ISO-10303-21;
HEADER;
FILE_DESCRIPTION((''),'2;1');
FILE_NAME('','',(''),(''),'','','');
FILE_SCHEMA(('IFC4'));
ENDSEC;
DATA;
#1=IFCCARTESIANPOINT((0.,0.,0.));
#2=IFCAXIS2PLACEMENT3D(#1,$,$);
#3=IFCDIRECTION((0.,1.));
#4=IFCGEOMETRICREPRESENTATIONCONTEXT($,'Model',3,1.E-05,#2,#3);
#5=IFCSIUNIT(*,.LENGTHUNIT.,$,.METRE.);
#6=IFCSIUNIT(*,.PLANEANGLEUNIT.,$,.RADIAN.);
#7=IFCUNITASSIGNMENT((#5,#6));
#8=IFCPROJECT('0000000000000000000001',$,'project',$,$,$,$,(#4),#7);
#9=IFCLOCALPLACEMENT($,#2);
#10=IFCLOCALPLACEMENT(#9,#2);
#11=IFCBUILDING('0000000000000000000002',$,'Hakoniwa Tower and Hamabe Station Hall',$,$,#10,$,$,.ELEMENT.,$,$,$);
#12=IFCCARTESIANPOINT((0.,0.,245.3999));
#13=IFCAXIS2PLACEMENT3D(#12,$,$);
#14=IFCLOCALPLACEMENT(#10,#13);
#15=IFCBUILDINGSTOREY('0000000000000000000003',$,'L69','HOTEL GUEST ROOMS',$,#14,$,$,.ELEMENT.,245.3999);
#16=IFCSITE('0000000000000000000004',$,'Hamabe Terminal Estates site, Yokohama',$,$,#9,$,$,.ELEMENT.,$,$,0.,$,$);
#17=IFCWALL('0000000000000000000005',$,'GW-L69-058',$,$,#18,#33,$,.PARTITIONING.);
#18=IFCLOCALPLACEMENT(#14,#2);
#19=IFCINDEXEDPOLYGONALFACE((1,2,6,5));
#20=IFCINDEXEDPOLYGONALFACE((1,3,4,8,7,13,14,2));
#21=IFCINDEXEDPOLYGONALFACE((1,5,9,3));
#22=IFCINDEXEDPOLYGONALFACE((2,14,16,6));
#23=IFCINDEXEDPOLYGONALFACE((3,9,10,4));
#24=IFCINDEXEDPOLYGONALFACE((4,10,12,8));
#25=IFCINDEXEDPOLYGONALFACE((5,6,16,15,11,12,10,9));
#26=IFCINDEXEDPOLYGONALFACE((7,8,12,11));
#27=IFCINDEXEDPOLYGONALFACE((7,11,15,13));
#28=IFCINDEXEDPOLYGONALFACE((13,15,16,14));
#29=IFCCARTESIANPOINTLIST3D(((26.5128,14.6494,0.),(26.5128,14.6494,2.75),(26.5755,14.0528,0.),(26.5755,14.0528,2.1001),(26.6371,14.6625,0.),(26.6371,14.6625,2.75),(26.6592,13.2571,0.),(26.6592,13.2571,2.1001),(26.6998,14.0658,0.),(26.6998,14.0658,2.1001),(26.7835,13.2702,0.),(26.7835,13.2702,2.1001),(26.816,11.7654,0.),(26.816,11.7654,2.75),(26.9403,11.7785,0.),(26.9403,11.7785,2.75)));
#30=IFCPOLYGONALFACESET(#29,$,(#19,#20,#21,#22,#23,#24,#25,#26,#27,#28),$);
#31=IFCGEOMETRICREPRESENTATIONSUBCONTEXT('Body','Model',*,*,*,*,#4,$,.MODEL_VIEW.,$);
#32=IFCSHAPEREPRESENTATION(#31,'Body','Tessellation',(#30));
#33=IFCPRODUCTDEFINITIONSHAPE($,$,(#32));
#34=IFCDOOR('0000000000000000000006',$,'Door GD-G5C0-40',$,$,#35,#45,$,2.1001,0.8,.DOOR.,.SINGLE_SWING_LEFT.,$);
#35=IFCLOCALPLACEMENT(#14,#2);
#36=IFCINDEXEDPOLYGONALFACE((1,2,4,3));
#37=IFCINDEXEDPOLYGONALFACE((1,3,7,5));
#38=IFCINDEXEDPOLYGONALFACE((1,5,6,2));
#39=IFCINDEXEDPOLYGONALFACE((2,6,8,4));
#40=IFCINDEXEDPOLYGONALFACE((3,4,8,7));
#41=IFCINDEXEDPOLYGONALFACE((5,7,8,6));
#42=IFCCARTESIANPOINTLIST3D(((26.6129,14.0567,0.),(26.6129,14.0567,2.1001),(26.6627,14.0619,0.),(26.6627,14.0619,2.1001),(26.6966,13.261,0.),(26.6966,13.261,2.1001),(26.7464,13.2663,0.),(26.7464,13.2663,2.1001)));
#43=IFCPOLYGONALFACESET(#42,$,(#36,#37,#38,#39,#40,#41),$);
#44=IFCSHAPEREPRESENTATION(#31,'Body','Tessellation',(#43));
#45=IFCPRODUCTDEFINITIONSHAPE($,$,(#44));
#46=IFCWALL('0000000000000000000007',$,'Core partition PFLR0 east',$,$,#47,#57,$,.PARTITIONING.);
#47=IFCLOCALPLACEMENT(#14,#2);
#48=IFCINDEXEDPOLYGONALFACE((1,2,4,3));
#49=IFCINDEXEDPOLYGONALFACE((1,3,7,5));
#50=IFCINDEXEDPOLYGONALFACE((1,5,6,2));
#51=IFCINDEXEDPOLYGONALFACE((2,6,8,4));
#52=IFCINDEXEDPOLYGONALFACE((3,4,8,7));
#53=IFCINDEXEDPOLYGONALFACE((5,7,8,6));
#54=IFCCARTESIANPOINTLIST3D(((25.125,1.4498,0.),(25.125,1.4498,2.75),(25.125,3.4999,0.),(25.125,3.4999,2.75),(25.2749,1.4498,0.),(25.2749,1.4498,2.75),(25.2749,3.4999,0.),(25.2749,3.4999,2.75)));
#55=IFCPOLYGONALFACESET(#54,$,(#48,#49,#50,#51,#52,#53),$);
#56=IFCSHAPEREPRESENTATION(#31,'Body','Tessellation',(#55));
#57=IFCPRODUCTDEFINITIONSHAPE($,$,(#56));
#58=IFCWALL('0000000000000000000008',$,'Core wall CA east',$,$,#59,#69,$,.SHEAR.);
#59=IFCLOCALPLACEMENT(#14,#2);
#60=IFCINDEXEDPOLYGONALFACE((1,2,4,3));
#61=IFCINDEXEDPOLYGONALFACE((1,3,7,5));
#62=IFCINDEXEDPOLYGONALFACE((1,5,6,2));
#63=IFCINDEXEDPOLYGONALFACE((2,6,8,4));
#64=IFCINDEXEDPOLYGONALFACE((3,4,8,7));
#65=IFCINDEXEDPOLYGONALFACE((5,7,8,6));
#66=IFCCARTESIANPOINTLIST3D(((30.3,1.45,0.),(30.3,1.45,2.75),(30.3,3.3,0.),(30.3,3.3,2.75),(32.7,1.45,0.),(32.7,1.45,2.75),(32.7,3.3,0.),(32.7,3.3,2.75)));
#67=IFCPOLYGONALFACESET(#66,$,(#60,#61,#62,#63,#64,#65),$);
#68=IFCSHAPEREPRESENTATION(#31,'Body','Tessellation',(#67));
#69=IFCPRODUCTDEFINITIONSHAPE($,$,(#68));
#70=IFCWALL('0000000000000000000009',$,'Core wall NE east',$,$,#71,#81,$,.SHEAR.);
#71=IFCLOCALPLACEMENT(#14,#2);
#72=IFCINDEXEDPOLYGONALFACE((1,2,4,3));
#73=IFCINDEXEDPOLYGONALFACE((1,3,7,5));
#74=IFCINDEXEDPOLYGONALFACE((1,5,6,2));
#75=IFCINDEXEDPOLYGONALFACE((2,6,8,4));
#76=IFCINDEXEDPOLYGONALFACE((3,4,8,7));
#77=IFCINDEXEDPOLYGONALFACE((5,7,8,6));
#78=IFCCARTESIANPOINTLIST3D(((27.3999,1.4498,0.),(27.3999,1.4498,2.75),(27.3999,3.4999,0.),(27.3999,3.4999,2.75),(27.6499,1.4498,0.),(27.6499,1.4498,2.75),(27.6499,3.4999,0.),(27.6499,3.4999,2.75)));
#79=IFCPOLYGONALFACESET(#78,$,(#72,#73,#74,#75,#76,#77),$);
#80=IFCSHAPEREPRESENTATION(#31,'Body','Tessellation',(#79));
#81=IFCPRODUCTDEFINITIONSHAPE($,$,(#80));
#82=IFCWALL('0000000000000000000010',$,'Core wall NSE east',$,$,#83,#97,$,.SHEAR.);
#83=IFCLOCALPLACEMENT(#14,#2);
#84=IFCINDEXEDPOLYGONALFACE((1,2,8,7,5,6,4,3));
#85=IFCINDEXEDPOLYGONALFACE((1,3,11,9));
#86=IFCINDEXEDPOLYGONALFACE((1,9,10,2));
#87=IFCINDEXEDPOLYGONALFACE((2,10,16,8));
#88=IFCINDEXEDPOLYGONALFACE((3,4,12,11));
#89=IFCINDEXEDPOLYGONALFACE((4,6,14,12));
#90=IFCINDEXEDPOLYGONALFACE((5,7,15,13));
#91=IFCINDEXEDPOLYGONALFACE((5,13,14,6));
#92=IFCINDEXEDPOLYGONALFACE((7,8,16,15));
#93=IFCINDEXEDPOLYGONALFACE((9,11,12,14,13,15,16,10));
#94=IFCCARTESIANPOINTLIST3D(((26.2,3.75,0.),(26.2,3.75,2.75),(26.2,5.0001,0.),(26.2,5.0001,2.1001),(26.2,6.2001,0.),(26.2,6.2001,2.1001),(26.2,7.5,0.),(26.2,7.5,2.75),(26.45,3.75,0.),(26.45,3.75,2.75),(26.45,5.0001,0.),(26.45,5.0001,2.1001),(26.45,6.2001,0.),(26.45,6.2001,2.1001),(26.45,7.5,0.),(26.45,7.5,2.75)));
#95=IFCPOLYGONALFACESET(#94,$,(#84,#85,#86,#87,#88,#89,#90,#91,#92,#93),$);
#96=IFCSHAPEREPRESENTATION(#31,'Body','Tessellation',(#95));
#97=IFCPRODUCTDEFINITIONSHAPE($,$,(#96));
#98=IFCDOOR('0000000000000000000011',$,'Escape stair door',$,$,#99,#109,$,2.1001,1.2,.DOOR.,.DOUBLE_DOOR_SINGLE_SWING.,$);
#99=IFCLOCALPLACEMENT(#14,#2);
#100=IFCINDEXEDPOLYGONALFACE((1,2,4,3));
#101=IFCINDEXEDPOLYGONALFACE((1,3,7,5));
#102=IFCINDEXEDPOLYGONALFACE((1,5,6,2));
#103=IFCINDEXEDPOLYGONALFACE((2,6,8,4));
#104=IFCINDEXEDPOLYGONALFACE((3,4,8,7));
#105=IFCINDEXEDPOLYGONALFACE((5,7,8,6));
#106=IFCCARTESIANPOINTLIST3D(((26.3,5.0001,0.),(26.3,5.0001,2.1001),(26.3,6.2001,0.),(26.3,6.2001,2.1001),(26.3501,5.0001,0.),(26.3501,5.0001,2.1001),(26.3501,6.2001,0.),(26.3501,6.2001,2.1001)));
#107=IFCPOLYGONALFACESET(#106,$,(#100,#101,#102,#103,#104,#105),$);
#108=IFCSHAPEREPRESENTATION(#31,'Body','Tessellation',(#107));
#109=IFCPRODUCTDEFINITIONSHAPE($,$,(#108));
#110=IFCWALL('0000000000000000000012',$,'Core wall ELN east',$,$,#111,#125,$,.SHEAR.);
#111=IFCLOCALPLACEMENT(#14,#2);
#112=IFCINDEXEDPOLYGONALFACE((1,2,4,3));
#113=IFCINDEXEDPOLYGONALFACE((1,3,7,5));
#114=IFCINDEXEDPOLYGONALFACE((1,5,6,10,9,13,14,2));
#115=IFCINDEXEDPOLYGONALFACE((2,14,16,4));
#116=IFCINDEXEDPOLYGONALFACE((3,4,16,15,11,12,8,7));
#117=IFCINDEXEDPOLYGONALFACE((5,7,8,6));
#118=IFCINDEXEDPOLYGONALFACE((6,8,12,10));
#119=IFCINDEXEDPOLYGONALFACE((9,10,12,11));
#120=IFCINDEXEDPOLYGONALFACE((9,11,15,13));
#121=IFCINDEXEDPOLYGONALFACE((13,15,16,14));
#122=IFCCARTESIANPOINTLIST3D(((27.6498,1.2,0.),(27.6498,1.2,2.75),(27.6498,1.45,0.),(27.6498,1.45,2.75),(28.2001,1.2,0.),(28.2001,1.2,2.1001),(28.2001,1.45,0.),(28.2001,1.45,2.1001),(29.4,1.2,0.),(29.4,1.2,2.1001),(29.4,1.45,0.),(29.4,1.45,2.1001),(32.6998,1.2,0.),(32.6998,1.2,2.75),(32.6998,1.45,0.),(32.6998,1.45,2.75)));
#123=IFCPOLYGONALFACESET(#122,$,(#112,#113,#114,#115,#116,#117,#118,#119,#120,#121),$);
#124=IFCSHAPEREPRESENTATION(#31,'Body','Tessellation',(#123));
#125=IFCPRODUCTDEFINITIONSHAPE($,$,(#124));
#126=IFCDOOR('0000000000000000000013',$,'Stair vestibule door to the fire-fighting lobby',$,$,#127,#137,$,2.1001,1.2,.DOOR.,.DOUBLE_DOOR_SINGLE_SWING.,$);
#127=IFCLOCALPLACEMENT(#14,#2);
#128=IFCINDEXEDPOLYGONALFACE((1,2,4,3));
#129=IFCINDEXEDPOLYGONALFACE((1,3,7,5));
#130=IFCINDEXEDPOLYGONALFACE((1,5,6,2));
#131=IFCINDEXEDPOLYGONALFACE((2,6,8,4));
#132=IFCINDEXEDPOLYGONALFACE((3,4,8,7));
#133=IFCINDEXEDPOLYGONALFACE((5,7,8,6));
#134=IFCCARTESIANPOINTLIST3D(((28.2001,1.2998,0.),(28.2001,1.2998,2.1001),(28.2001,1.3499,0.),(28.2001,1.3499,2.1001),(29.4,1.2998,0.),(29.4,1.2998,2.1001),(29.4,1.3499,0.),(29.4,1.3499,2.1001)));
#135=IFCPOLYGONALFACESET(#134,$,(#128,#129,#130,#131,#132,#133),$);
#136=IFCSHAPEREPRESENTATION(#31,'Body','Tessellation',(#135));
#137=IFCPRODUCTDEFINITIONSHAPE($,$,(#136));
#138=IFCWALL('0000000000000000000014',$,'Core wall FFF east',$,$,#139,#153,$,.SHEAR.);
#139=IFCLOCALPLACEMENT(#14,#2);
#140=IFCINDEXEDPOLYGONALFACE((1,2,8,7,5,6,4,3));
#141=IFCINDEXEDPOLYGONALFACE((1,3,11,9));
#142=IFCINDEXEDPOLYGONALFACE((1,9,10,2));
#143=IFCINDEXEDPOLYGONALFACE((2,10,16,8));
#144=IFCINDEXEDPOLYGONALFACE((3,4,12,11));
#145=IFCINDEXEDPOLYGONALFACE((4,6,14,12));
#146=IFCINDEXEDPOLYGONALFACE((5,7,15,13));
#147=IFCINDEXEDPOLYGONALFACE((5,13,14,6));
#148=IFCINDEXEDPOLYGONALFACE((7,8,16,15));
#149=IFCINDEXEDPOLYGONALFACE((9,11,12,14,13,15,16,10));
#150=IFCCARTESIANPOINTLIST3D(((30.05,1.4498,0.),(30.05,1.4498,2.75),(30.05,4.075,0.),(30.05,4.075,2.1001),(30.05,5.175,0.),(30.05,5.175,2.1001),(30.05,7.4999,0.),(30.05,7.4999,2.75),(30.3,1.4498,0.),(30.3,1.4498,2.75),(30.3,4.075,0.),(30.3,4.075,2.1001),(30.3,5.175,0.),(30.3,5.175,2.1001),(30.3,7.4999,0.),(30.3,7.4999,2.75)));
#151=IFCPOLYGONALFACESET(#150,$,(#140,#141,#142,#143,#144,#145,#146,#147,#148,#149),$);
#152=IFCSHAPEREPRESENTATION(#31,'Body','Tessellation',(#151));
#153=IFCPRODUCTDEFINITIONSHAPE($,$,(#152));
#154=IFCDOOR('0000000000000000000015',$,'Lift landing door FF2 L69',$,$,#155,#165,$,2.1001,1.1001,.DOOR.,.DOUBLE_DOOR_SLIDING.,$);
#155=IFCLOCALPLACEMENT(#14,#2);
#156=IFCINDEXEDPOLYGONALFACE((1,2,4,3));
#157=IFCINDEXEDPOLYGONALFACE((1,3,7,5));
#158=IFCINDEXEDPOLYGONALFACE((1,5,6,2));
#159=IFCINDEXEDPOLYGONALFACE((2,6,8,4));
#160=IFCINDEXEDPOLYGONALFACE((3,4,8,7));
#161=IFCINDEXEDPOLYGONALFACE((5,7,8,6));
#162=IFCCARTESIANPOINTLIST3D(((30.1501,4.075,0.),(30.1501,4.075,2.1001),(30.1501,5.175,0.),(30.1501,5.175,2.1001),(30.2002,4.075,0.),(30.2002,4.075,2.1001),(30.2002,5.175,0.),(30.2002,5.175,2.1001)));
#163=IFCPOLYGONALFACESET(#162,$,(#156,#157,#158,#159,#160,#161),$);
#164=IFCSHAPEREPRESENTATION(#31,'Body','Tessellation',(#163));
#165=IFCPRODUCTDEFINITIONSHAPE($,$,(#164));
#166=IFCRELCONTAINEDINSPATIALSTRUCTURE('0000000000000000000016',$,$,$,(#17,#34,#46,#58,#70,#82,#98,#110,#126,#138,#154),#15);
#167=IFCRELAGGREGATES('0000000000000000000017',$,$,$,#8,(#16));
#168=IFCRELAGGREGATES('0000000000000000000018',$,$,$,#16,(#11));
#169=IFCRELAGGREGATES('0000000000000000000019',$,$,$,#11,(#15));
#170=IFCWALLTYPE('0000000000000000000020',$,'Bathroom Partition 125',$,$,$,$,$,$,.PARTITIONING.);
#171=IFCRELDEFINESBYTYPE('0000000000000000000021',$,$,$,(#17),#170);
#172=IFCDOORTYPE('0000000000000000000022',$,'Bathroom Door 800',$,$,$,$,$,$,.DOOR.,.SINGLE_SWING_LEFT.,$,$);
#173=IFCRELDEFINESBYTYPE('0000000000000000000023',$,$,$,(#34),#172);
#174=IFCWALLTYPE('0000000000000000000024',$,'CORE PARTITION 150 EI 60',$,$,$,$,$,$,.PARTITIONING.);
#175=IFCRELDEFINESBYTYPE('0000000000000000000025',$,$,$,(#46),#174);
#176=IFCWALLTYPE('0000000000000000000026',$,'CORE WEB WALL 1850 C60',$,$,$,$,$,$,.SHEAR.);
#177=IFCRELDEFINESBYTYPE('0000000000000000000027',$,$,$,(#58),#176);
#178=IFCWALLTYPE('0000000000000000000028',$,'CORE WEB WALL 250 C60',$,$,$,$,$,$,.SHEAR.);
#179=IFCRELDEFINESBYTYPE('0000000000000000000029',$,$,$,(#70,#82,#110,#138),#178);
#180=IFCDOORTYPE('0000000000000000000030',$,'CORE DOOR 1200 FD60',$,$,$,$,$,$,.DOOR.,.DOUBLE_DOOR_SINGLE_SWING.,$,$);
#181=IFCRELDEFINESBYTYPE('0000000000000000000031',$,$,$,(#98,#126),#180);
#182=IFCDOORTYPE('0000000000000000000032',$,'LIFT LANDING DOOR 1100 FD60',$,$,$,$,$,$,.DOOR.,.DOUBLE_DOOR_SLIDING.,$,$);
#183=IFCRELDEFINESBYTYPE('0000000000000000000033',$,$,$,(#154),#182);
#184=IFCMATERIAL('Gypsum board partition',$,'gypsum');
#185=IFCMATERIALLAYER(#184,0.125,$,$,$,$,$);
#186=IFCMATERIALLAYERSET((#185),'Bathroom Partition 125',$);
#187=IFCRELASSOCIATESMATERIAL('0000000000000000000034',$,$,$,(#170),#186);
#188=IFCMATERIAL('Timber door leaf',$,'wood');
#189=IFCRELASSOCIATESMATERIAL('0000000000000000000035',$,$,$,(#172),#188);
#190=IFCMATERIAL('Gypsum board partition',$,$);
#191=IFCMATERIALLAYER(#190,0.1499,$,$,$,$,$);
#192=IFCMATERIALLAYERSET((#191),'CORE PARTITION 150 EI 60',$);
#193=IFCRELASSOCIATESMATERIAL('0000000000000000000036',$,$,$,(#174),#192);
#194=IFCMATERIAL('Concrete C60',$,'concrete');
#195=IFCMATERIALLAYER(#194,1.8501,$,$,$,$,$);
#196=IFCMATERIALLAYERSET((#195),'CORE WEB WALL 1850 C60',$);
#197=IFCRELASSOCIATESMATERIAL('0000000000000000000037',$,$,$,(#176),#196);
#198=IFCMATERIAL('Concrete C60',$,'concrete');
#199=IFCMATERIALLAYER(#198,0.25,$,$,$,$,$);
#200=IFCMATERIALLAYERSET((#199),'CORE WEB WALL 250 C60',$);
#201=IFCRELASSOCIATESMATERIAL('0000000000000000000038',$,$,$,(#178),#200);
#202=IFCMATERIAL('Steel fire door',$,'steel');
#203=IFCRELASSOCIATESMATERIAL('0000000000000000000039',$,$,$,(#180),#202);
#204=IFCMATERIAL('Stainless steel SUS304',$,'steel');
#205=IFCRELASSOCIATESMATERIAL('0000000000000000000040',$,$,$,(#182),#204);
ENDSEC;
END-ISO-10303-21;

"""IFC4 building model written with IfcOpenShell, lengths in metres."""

from ifc_helpers import new_model, si_unit, direction, frame, frame_2d, origin, place, context, subcontext, project, spatial, rectangle, extrude, material, layer, layer_set, type_object, element, fill, save


model = new_model("IFC4")

# Units and contexts
model_context = context("Model", 3, precision=1e-05, world=origin(), true_north=direction((0.0, 1.0)))
body_context = subcontext(model_context, "Body", "Model", "MODEL_VIEW")
ifc_project = project(units=[si_unit("LENGTHUNIT", "METRE"), si_unit("PLANEANGLEUNIT", "RADIAN")], contexts=[model_context])

# Site, building, storey
site_placement = place(None, origin())
site = spatial("IfcSite", under=ifc_project, at=site_placement, Name="Hamabe Terminal Estates site, Yokohama", CompositionType="ELEMENT", RefElevation=0.0)
building_placement = place(site_placement, origin())
building = spatial("IfcBuilding", under=site, at=building_placement, Name="Hakoniwa Tower and Hamabe Station Hall", CompositionType="ELEMENT")
storey_placement = place(building_placement, frame((0.0, 0.0, 245.3999)))
storey = spatial("IfcBuildingStorey", under=building, at=storey_placement, Name="L69", Description="HOTEL GUEST ROOMS", CompositionType="ELEMENT", Elevation=245.3999)

# Wall, opening, door
ifc_material_1 = material(Name="Gypsum board partition", Category="gypsum")
ifc_layer_1 = layer(ifc_material_1, 0.125)
ifc_layer_set_1 = layer_set([ifc_layer_1], Name="Bathroom Partition 125")
wall_type_1 = type_object("IfcWallType", Name="Bathroom Partition 125", PredefinedType="PARTITIONING", material=ifc_layer_set_1)
wall_1_placement = place(storey_placement, frame((26.8782, 11.772, 0.0), z_axis=(0.0, 0.0, 1.0), x_axis=(-0.104562, 0.994518, 0.0)))
wall_1 = element("IfcWall", 1, at=wall_1_placement, inside=storey, type_object=wall_type_1, Name="GW-L69-058", PredefinedType="PARTITIONING", context=body_context, shape_type="SweptSolid", body=[
    extrude(rectangle(XDim=2.8999, YDim=0.125, at=frame_2d((1.45, 0.0))), origin(), (0.0, 0.0, 1.0), 2.75),
])
opening_1_placement = place(wall_1_placement, frame((1.5, 0.0, 0.0)))
opening_1 = element("IfcOpeningElement", 2, at=opening_1_placement, cuts=wall_1, PredefinedType="OPENING", context=body_context, shape_type="SweptSolid", body=[
    extrude(rectangle(XDim=0.8, YDim=2.1001, at=frame_2d((0.3999, 1.05))), frame((0.0, 0.0725, 0.0), z_axis=(0.0, -1.0, 0.0), x_axis=(1.0, 0.0, 0.0)), (0.0, 0.0, 1.0), 0.145),
])
ifc_material_2 = material(Name="Timber door leaf", Category="wood")
door_type_1 = type_object("IfcDoorType", Name="Bathroom Door 800", OperationType="SINGLE_SWING_LEFT", PredefinedType="DOOR", material=ifc_material_2)
door_1_placement = place(opening_1_placement, origin())
door_1 = element("IfcDoor", 3, at=door_1_placement, inside=storey, type_object=door_type_1, Name="Door GD-G5C0-40", OperationType="SINGLE_SWING_LEFT", OverallHeight=2.1001, OverallWidth=0.8, PredefinedType="DOOR", context=body_context, shape_type="SweptSolid", body=[
    extrude(rectangle(XDim=0.8, YDim=2.1001, at=frame_2d((0.3999, 1.05))), frame((0.0, 0.0249, 0.0), z_axis=(0.0, -1.0, 0.0), x_axis=(1.0, 0.0, 0.0)), (0.0, 0.0, 1.0), 0.05),
])
fill(opening_1, door_1)

# Walls
ifc_material_3 = material(Name="Gypsum board partition")
ifc_layer_2 = layer(ifc_material_3, 0.1499)
ifc_layer_set_2 = layer_set([ifc_layer_2], Name="CORE PARTITION 150 EI 60")
wall_type_2 = type_object("IfcWallType", Name="CORE PARTITION 150 EI 60", PredefinedType="PARTITIONING", material=ifc_layer_set_2)
wall_2_placement = place(storey_placement, frame((25.2, 1.45, 0.0), z_axis=(0.0, 0.0, 1.0), x_axis=(0.0, 1.0, 0.0)))
element("IfcWall", 4, at=wall_2_placement, inside=storey, type_object=wall_type_2, Name="Core partition PFLR0 east", PredefinedType="PARTITIONING", context=body_context, shape_type="SweptSolid", body=[
    extrude(rectangle(XDim=2.05, YDim=0.1499, at=frame_2d((1.0249, 0.0))), origin(), (0.0, 0.0, 1.0), 2.75),
])
ifc_material_4 = material(Name="Concrete C60", Category="concrete")
ifc_layer_3 = layer(ifc_material_4, 1.8501)
ifc_layer_set_3 = layer_set([ifc_layer_3], Name="CORE WEB WALL 1850 C60")
wall_type_3 = type_object("IfcWallType", Name="CORE WEB WALL 1850 C60", PredefinedType="SHEAR", material=ifc_layer_set_3)
wall_3_placement = place(storey_placement, frame((30.3, 2.375, 0.0), z_axis=(0.0, 0.0, 1.0), x_axis=(1.0, 0.0, 0.0)))
element("IfcWall", 5, at=wall_3_placement, inside=storey, type_object=wall_type_3, Name="Core wall CA east", PredefinedType="SHEAR", context=body_context, shape_type="SweptSolid", body=[
    extrude(rectangle(XDim=2.3999, YDim=1.8501, at=frame_2d((1.2, 0.0))), origin(), (0.0, 0.0, 1.0), 2.75),
])
ifc_material_5 = material(Name="Concrete C60", Category="concrete")
ifc_layer_4 = layer(ifc_material_5, 0.25)
ifc_layer_set_4 = layer_set([ifc_layer_4], Name="CORE WEB WALL 250 C60")
wall_type_4 = type_object("IfcWallType", Name="CORE WEB WALL 250 C60", PredefinedType="SHEAR", material=ifc_layer_set_4)
wall_4_placement = place(storey_placement, frame((27.5249, 1.45, 0.0), z_axis=(0.0, 0.0, 1.0), x_axis=(0.0, 1.0, 0.0)))
element("IfcWall", 6, at=wall_4_placement, inside=storey, type_object=wall_type_4, Name="Core wall NE east", PredefinedType="SHEAR", context=body_context, shape_type="SweptSolid", body=[
    extrude(rectangle(XDim=2.05, YDim=0.25, at=frame_2d((1.0249, 0.0))), origin(), (0.0, 0.0, 1.0), 2.75),
])

# Walls, openings, doors
wall_5_placement = place(storey_placement, frame((26.325, 3.75, 0.0), z_axis=(0.0, 0.0, 1.0), x_axis=(0.0, 1.0, 0.0)))
wall_5 = element("IfcWall", 7, at=wall_5_placement, inside=storey, type_object=wall_type_4, Name="Core wall NSE east", PredefinedType="SHEAR", context=body_context, shape_type="SweptSolid", body=[
    extrude(rectangle(XDim=3.75, YDim=0.25, at=frame_2d((1.875, 0.0))), origin(), (0.0, 0.0, 1.0), 2.75),
])
opening_2_placement = place(wall_5_placement, frame((1.25, 0.0, 0.0)))
opening_2 = element("IfcOpeningElement", 8, at=opening_2_placement, cuts=wall_5, PredefinedType="OPENING", context=body_context, shape_type="SweptSolid", body=[
    extrude(rectangle(XDim=1.2, YDim=2.1001, at=frame_2d((0.6001, 1.05))), frame((0.0, 0.135, 0.0), z_axis=(0.0, -1.0, 0.0), x_axis=(1.0, 0.0, 0.0)), (0.0, 0.0, 1.0), 0.27),
])
ifc_material_6 = material(Name="Steel fire door", Category="steel")
door_type_2 = type_object("IfcDoorType", Name="CORE DOOR 1200 FD60", OperationType="DOUBLE_DOOR_SINGLE_SWING", PredefinedType="DOOR", material=ifc_material_6)
door_2_placement = place(opening_2_placement, origin())
door_2 = element("IfcDoor", 9, at=door_2_placement, inside=storey, type_object=door_type_2, Name="Escape stair door", OperationType="DOUBLE_DOOR_SINGLE_SWING", OverallHeight=2.1001, OverallWidth=1.2, PredefinedType="DOOR", context=body_context, shape_type="SweptSolid", body=[
    extrude(rectangle(XDim=1.2, YDim=2.1001, at=frame_2d((0.6001, 1.05))), frame((0.0, 0.0249, 0.0), z_axis=(0.0, -1.0, 0.0), x_axis=(1.0, 0.0, 0.0)), (0.0, 0.0, 1.0), 0.05),
])
fill(opening_2, door_2)
wall_6_placement = place(storey_placement, frame((27.6499, 1.325, 0.0), z_axis=(0.0, 0.0, 1.0), x_axis=(1.0, 0.0, 0.0)))
wall_6 = element("IfcWall", 10, at=wall_6_placement, inside=storey, type_object=wall_type_4, Name="Core wall ELN east", PredefinedType="SHEAR", context=body_context, shape_type="SweptSolid", body=[
    extrude(rectangle(XDim=5.05, YDim=0.25, at=frame_2d((2.5249, 0.0))), origin(), (0.0, 0.0, 1.0), 2.75),
])
opening_3_placement = place(wall_6_placement, frame((0.55, 0.0, 0.0)))
opening_3 = element("IfcOpeningElement", 11, at=opening_3_placement, cuts=wall_6, PredefinedType="OPENING", context=body_context, shape_type="SweptSolid", body=[
    extrude(rectangle(XDim=1.2, YDim=2.1001, at=frame_2d((0.6001, 1.05))), frame((0.0, 0.135, 0.0), z_axis=(0.0, -1.0, 0.0), x_axis=(1.0, 0.0, 0.0)), (0.0, 0.0, 1.0), 0.27),
])
door_3_placement = place(opening_3_placement, origin())
door_3 = element("IfcDoor", 12, at=door_3_placement, inside=storey, type_object=door_type_2, Name="Stair vestibule door to the fire-fighting lobby", OperationType="DOUBLE_DOOR_SINGLE_SWING", OverallHeight=2.1001, OverallWidth=1.2, PredefinedType="DOOR", context=body_context, shape_type="SweptSolid", body=[
    extrude(rectangle(XDim=1.2, YDim=2.1001, at=frame_2d((0.6001, 1.05))), frame((0.0, 0.0249, 0.0), z_axis=(0.0, -1.0, 0.0), x_axis=(1.0, 0.0, 0.0)), (0.0, 0.0, 1.0), 0.05),
])
fill(opening_3, door_3)
wall_7_placement = place(storey_placement, frame((30.175, 1.45, 0.0), z_axis=(0.0, 0.0, 1.0), x_axis=(0.0, 1.0, 0.0)))
wall_7 = element("IfcWall", 13, at=wall_7_placement, inside=storey, type_object=wall_type_4, Name="Core wall FFF east", PredefinedType="SHEAR", context=body_context, shape_type="SweptSolid", body=[
    extrude(rectangle(XDim=6.05, YDim=0.25, at=frame_2d((3.0249, 0.0))), origin(), (0.0, 0.0, 1.0), 2.75),
])
opening_4_placement = place(wall_7_placement, frame((2.625, 0.0, 0.0)))
opening_4 = element("IfcOpeningElement", 14, at=opening_4_placement, cuts=wall_7, PredefinedType="OPENING", context=body_context, shape_type="SweptSolid", body=[
    extrude(rectangle(XDim=1.1001, YDim=2.1001, at=frame_2d((0.55, 1.05))), frame((0.0, 0.135, 0.0), z_axis=(0.0, -1.0, 0.0), x_axis=(1.0, 0.0, 0.0)), (0.0, 0.0, 1.0), 0.27),
])
ifc_material_7 = material(Name="Stainless steel SUS304", Category="steel")
door_type_3 = type_object("IfcDoorType", Name="LIFT LANDING DOOR 1100 FD60", OperationType="DOUBLE_DOOR_SLIDING", PredefinedType="DOOR", material=ifc_material_7)
door_4_placement = place(opening_4_placement, origin())
door_4 = element("IfcDoor", 15, at=door_4_placement, inside=storey, type_object=door_type_3, Name="Lift landing door FF2 L69", OperationType="DOUBLE_DOOR_SLIDING", OverallHeight=2.1001, OverallWidth=1.1001, PredefinedType="DOOR", context=body_context, shape_type="SweptSolid", body=[
    extrude(rectangle(XDim=1.1001, YDim=2.1001, at=frame_2d((0.55, 1.05))), frame((0.0, 0.0249, 0.0), z_axis=(0.0, -1.0, 0.0), x_axis=(1.0, 0.0, 0.0)), (0.0, 0.0, 1.0), 0.05),
])
fill(opening_4, door_4)

save(model, "model.ifc")
